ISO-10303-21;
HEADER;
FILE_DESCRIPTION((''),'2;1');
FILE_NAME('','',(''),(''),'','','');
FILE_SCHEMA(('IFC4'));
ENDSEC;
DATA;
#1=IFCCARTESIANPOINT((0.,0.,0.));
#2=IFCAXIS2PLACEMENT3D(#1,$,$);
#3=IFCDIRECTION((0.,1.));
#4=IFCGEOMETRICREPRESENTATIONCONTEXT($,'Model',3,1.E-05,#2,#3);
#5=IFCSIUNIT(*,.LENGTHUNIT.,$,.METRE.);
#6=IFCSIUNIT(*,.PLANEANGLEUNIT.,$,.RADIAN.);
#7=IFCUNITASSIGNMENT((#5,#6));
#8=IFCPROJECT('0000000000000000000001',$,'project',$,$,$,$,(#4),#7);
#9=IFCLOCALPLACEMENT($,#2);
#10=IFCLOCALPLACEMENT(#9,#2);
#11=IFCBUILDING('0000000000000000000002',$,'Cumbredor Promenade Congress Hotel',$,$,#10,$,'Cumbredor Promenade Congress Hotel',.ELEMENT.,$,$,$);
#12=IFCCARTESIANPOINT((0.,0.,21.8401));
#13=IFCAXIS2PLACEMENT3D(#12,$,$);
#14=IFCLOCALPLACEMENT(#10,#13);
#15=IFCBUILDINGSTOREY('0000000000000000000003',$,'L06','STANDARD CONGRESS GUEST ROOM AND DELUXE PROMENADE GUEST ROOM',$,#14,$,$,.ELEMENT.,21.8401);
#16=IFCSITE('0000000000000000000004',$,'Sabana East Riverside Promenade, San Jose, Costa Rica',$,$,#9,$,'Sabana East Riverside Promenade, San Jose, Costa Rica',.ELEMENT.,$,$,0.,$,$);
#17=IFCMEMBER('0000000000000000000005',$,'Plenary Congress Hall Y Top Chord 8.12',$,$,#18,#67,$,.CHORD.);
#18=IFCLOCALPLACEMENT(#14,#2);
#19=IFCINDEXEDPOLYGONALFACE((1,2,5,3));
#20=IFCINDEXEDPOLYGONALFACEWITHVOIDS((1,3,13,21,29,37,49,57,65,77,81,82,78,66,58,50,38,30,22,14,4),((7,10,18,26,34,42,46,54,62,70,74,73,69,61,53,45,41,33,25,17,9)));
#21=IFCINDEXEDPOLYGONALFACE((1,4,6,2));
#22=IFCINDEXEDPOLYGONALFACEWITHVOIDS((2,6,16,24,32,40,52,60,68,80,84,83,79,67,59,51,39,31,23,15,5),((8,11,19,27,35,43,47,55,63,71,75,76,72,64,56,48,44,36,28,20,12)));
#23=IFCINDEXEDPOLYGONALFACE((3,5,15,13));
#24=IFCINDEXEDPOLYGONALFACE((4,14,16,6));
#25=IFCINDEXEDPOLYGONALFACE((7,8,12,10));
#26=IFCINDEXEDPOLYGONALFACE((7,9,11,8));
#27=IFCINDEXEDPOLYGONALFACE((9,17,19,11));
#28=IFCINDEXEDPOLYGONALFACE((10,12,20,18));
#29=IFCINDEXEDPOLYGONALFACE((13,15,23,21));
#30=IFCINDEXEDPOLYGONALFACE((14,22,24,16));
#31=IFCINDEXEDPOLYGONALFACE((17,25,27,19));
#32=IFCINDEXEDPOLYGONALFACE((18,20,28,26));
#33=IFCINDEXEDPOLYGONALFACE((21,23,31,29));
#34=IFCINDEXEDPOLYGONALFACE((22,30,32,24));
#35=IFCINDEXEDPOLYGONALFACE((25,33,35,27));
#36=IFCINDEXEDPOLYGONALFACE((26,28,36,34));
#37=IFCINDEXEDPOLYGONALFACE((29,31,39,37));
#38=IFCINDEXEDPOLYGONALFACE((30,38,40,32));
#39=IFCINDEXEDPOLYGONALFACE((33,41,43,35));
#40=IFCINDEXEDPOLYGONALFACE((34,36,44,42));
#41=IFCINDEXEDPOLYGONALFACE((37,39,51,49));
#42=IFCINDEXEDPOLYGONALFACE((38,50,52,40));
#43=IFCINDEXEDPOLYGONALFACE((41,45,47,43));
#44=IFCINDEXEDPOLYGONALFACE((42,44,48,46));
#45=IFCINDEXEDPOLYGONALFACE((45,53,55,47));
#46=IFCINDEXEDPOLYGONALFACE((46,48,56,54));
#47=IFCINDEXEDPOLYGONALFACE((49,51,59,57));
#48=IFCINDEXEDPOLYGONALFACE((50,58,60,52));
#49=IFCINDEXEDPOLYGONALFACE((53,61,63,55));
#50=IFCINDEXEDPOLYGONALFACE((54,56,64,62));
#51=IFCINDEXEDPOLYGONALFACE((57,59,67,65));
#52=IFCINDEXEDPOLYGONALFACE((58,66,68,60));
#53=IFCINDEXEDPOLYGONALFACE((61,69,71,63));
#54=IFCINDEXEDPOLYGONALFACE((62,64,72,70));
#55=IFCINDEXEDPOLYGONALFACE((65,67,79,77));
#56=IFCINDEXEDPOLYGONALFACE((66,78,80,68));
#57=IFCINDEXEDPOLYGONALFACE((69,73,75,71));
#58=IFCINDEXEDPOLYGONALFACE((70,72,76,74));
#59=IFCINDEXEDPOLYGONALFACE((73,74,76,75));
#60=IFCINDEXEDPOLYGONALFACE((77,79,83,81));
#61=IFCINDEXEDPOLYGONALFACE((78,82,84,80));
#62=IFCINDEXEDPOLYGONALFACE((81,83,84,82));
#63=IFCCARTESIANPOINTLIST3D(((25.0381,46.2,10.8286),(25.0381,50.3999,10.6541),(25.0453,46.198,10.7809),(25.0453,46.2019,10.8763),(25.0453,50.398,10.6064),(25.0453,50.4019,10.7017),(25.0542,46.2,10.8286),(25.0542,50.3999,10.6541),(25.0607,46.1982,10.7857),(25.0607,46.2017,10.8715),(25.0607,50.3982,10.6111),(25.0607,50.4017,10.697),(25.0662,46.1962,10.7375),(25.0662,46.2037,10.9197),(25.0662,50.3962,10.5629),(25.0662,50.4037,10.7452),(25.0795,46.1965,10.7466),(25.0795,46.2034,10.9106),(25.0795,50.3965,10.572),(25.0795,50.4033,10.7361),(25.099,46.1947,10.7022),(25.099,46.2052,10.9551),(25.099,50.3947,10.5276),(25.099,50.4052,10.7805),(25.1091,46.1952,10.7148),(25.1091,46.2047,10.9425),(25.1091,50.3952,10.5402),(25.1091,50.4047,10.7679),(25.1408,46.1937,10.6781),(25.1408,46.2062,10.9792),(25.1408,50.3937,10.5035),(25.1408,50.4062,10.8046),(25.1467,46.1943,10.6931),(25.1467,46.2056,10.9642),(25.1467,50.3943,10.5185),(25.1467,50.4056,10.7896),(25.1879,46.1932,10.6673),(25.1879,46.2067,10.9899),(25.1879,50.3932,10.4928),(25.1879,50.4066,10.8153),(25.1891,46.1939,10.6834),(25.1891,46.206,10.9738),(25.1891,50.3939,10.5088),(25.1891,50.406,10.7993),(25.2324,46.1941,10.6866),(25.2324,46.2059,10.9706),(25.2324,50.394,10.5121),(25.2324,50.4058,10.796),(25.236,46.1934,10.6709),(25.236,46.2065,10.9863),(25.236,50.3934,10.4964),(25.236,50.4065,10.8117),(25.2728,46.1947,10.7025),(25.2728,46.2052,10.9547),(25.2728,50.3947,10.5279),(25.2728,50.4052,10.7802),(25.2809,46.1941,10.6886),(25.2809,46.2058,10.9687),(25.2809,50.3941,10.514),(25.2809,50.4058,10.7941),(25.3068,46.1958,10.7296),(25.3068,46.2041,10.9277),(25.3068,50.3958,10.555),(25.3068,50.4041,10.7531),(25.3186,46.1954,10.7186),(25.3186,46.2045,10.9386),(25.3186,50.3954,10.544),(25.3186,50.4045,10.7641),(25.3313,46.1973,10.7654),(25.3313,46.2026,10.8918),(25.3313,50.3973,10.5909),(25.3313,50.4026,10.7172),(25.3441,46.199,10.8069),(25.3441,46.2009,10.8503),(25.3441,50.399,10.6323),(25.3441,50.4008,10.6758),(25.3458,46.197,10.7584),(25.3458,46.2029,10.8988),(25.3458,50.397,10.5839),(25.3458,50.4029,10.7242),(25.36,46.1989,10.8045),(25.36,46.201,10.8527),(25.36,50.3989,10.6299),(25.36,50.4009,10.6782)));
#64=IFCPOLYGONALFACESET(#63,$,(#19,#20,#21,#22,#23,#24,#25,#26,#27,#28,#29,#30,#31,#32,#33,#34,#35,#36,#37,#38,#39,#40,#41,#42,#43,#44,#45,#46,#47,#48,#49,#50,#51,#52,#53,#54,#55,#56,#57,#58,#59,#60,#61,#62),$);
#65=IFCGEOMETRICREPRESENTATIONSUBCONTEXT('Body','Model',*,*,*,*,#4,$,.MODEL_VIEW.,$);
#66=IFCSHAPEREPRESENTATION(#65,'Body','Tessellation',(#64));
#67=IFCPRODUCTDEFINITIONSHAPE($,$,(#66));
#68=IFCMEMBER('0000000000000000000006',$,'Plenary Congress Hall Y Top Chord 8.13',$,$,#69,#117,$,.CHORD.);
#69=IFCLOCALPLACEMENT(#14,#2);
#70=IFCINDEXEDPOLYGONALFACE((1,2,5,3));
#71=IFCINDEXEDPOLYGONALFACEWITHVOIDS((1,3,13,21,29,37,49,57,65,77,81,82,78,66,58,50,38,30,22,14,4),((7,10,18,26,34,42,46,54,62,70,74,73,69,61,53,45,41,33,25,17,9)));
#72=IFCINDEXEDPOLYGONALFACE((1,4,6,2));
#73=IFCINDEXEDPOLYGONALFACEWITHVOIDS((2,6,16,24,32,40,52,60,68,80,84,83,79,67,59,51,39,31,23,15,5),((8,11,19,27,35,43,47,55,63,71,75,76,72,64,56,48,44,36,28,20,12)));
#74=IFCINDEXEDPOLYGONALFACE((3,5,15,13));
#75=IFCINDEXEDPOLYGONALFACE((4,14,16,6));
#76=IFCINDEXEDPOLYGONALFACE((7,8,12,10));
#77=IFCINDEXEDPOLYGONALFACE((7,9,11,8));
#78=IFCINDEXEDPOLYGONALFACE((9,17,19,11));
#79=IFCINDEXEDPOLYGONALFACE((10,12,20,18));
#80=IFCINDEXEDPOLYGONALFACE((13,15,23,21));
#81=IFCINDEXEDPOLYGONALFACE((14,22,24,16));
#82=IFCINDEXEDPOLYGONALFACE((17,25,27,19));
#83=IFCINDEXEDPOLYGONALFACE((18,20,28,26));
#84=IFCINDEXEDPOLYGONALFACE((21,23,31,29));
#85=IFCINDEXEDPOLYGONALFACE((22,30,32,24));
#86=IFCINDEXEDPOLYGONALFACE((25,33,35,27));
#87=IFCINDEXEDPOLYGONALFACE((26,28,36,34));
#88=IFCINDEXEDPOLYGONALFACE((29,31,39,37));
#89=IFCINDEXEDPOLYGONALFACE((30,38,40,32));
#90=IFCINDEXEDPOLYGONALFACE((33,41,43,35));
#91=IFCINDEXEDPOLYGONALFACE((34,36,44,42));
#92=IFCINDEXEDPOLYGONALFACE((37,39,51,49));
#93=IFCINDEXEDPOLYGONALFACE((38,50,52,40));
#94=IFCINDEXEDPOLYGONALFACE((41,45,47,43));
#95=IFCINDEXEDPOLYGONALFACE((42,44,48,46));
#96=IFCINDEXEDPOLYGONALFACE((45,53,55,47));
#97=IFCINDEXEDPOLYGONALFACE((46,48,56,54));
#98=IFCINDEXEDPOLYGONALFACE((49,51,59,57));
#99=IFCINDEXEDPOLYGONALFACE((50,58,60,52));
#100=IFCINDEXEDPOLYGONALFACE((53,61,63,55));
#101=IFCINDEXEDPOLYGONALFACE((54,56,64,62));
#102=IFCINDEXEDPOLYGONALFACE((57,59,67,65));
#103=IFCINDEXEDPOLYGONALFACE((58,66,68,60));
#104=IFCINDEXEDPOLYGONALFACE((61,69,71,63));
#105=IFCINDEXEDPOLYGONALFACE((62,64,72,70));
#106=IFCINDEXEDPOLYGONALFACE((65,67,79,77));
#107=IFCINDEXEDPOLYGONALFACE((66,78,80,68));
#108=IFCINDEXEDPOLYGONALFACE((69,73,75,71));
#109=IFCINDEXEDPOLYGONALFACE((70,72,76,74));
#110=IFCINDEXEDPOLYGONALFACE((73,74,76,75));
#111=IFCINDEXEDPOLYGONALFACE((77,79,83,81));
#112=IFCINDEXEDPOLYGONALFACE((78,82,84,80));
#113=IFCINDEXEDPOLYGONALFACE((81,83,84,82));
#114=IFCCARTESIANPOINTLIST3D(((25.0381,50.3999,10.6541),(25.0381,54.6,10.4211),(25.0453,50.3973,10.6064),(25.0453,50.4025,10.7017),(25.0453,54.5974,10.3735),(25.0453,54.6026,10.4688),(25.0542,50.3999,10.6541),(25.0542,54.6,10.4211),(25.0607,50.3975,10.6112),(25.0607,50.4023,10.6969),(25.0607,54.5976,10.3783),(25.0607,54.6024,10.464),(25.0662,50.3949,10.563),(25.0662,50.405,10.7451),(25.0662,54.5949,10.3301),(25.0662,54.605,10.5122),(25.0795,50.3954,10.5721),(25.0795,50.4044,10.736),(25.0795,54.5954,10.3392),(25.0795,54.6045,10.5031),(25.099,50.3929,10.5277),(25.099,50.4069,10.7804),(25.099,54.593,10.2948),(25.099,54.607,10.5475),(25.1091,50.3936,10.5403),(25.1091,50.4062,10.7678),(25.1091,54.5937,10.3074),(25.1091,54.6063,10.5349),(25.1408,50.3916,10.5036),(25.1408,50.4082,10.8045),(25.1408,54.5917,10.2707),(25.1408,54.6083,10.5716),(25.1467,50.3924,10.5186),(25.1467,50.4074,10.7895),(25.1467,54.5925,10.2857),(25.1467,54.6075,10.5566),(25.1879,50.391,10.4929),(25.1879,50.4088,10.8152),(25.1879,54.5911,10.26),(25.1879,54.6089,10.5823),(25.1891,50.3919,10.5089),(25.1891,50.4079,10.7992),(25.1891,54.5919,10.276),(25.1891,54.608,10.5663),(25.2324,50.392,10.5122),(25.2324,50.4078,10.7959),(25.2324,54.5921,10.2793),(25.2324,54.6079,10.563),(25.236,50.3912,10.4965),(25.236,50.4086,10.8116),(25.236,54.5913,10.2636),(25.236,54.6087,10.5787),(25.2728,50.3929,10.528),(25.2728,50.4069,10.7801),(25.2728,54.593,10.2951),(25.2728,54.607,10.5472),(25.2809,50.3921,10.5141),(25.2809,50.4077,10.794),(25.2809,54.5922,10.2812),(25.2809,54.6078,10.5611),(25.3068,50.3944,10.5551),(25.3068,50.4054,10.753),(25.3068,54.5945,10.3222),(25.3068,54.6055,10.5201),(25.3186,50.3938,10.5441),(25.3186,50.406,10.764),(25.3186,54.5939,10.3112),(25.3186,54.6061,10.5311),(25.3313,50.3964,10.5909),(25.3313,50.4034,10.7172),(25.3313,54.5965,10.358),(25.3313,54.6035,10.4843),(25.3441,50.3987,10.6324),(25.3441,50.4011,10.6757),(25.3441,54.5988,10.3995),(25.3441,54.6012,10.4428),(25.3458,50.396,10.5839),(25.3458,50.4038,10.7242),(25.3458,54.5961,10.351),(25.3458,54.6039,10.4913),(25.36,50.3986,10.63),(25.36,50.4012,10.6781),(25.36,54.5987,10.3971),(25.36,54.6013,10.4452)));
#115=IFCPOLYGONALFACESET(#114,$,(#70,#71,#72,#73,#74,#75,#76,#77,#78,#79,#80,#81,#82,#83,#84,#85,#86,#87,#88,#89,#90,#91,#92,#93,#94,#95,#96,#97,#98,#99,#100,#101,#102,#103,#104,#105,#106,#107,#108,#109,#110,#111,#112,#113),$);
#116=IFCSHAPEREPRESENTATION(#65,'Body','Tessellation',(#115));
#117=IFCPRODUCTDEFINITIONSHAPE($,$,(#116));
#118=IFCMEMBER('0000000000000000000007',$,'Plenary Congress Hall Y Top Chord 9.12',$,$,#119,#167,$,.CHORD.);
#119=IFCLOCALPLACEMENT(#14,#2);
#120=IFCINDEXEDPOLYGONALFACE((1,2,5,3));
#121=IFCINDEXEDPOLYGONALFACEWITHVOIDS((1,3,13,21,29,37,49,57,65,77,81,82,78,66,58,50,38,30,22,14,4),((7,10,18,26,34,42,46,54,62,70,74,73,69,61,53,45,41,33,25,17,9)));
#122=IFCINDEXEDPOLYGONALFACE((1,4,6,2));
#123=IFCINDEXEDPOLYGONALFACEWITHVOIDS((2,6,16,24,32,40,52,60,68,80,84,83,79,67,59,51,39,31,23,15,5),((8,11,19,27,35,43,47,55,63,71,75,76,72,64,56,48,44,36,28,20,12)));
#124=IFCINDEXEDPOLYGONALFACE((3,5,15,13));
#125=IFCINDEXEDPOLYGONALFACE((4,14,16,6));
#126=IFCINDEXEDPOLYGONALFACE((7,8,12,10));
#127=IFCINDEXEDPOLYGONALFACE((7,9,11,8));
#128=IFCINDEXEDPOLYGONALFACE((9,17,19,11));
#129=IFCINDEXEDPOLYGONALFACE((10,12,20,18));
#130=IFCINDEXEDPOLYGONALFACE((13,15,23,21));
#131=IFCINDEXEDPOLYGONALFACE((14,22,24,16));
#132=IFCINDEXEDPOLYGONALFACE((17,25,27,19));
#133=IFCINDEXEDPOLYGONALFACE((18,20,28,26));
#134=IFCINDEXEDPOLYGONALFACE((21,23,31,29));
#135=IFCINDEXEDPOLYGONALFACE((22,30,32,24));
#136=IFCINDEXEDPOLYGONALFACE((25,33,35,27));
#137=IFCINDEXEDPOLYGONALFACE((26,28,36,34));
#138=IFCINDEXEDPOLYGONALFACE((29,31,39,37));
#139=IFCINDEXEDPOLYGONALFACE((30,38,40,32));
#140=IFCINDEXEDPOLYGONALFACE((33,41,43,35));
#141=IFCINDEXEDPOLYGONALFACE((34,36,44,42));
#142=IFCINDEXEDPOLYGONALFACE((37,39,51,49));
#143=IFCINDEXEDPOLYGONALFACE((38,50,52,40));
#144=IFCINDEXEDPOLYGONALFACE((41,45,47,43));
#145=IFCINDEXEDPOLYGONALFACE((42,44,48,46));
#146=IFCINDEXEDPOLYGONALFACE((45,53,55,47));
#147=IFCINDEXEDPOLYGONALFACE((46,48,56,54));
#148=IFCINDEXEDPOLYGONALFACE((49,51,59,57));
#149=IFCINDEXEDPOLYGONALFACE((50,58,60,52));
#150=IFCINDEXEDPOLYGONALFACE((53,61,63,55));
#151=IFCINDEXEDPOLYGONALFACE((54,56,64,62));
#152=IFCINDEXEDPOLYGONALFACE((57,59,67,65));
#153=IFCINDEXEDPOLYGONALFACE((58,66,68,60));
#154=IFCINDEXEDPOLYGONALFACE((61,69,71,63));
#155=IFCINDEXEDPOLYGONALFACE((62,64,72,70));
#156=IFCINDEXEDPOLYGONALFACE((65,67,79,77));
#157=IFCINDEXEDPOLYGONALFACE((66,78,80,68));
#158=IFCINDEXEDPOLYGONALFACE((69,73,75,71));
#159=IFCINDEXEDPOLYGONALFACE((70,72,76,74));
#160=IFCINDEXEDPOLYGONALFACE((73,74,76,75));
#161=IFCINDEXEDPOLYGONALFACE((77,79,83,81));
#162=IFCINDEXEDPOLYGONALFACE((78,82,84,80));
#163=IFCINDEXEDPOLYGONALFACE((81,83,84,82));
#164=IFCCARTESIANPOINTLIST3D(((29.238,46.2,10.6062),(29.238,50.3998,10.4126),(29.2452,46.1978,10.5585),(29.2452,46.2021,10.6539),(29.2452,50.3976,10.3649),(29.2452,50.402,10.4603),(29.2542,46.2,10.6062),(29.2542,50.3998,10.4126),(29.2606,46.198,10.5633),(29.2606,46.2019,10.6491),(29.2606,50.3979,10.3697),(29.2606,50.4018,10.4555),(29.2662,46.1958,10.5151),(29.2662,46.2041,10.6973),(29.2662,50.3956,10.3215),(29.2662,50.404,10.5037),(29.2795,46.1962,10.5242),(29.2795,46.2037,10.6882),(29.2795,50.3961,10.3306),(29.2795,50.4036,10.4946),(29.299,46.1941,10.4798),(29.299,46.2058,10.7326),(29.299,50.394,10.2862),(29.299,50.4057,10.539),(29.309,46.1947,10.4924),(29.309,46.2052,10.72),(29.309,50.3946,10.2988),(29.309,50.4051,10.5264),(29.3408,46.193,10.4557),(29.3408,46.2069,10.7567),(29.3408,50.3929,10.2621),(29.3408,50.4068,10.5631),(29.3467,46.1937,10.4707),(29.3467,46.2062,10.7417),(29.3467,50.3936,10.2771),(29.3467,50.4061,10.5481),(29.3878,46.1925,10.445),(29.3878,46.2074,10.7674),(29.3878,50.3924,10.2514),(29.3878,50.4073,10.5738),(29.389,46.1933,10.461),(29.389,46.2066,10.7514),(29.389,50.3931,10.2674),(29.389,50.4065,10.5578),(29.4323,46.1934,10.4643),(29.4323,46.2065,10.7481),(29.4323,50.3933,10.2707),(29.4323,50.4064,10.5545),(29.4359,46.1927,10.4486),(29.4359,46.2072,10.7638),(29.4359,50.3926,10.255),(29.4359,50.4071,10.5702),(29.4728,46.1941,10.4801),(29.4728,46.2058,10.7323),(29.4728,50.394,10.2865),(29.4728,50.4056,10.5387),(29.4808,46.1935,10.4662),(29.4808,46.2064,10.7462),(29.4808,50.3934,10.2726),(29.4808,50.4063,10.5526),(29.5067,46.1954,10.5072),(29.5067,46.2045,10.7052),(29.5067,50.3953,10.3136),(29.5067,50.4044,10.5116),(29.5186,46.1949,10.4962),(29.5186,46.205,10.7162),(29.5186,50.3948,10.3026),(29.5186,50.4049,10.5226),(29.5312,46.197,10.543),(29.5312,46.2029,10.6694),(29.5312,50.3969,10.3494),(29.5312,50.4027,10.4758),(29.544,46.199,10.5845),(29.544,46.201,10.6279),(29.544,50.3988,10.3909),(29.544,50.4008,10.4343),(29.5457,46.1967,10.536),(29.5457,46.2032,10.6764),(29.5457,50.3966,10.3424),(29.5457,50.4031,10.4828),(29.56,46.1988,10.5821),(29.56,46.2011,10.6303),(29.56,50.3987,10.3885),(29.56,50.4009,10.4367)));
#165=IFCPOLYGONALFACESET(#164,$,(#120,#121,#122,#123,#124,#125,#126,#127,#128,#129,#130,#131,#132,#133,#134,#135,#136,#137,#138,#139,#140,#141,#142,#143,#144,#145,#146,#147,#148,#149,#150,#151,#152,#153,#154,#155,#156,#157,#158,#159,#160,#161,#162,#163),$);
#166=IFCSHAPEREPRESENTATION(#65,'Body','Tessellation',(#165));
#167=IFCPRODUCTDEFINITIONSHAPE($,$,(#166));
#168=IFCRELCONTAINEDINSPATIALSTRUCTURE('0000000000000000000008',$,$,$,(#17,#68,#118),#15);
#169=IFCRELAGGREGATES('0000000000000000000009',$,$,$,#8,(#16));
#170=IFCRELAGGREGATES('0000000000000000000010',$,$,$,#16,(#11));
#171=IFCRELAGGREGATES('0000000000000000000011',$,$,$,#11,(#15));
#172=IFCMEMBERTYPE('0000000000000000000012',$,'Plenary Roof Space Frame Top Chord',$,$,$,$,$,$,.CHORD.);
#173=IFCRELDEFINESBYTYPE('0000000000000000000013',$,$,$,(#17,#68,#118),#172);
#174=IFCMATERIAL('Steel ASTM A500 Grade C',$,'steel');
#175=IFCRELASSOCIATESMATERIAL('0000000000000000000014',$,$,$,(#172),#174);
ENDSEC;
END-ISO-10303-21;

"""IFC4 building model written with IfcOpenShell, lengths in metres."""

from ifc_helpers import new_model, si_unit, direction, frame, origin, origin_2d, place, context, subcontext, project, spatial, hollow_circle, extrude, material, material_profile, profile_set, type_object, element, save


model = new_model("IFC4")

# Units and contexts
model_context = context("Model", 3, precision=1e-05, world=origin(), true_north=direction((0.0, 1.0)))
body_context = subcontext(model_context, "Body", "Model", "MODEL_VIEW")
ifc_project = project(units=[si_unit("LENGTHUNIT", "METRE"), si_unit("PLANEANGLEUNIT", "RADIAN")], contexts=[model_context])

# Site, building, storey
site_placement = place(None, origin())
site = spatial("IfcSite", under=ifc_project, at=site_placement, Name="Sabana East Riverside Promenade, San Jose, Costa Rica", LongName="Sabana East Riverside Promenade, San Jose, Costa Rica", CompositionType="ELEMENT", RefElevation=0.0)
building_placement = place(site_placement, origin())
building = spatial("IfcBuilding", under=site, at=building_placement, Name="Cumbredor Promenade Congress Hotel", LongName="Cumbredor Promenade Congress Hotel", CompositionType="ELEMENT")
storey_placement = place(building_placement, frame((0.0, 0.0, 21.8401)))
storey = spatial("IfcBuildingStorey", under=building, at=storey_placement, Name="L06", Description="STANDARD CONGRESS GUEST ROOM AND DELUXE PROMENADE GUEST ROOM", CompositionType="ELEMENT", Elevation=21.8401)

# Members
ifc_material_1 = material(Name="Steel ASTM A500 Grade C", Category="steel")
ifc_material_profile_1 = material_profile(ifc_material_1, hollow_circle(Radius=0.1619, WallThickness=0.0161, at=origin_2d()), Name="CHS 323.9x16")
ifc_profile_set_1 = profile_set([ifc_material_profile_1], Name="Steel ASTM A500 Grade C")
member_type_1 = type_object("IfcMemberType", Name="Plenary Roof Space Frame Top Chord", PredefinedType="CHORD", material=ifc_profile_set_1)
member_1_placement = place(storey_placement, frame((25.2, 46.2, 10.8286), z_axis=(0.0, 0.999137, -0.041527), x_axis=(-1.0, 0.0, 0.0)))
element("IfcMember", 1, at=member_1_placement, inside=storey, type_object=member_type_1, Name="Plenary Congress Hall Y Top Chord 8.12", PredefinedType="CHORD", context=body_context, shape_type="SweptSolid", body=[
    extrude(hollow_circle(Radius=0.1619, WallThickness=0.0161, at=origin_2d()), origin(), (0.0, 0.0, 1.0), 4.2036),
])
member_2_placement = place(storey_placement, frame((25.2, 50.3999, 10.6541), z_axis=(0.0, 0.998466, -0.055367), x_axis=(-1.0, 0.0, 0.0)))
element("IfcMember", 2, at=member_2_placement, inside=storey, type_object=member_type_1, Name="Plenary Congress Hall Y Top Chord 8.13", PredefinedType="CHORD", context=body_context, shape_type="SweptSolid", body=[
    extrude(hollow_circle(Radius=0.1619, WallThickness=0.0161, at=origin_2d()), origin(), (0.0, 0.0, 1.0), 4.2065),
])
member_3_placement = place(storey_placement, frame((29.3999, 46.2, 10.6062), z_axis=(0.0, 0.998939, -0.046048), x_axis=(-1.0, 0.0, 0.0)))
element("IfcMember", 3, at=member_3_placement, inside=storey, type_object=member_type_1, Name="Plenary Congress Hall Y Top Chord 9.12", PredefinedType="CHORD", context=body_context, shape_type="SweptSolid", body=[
    extrude(hollow_circle(Radius=0.1619, WallThickness=0.0161, at=origin_2d()), origin(), (0.0, 0.0, 1.0), 4.2043),
])

save(model, "model.ifc")
